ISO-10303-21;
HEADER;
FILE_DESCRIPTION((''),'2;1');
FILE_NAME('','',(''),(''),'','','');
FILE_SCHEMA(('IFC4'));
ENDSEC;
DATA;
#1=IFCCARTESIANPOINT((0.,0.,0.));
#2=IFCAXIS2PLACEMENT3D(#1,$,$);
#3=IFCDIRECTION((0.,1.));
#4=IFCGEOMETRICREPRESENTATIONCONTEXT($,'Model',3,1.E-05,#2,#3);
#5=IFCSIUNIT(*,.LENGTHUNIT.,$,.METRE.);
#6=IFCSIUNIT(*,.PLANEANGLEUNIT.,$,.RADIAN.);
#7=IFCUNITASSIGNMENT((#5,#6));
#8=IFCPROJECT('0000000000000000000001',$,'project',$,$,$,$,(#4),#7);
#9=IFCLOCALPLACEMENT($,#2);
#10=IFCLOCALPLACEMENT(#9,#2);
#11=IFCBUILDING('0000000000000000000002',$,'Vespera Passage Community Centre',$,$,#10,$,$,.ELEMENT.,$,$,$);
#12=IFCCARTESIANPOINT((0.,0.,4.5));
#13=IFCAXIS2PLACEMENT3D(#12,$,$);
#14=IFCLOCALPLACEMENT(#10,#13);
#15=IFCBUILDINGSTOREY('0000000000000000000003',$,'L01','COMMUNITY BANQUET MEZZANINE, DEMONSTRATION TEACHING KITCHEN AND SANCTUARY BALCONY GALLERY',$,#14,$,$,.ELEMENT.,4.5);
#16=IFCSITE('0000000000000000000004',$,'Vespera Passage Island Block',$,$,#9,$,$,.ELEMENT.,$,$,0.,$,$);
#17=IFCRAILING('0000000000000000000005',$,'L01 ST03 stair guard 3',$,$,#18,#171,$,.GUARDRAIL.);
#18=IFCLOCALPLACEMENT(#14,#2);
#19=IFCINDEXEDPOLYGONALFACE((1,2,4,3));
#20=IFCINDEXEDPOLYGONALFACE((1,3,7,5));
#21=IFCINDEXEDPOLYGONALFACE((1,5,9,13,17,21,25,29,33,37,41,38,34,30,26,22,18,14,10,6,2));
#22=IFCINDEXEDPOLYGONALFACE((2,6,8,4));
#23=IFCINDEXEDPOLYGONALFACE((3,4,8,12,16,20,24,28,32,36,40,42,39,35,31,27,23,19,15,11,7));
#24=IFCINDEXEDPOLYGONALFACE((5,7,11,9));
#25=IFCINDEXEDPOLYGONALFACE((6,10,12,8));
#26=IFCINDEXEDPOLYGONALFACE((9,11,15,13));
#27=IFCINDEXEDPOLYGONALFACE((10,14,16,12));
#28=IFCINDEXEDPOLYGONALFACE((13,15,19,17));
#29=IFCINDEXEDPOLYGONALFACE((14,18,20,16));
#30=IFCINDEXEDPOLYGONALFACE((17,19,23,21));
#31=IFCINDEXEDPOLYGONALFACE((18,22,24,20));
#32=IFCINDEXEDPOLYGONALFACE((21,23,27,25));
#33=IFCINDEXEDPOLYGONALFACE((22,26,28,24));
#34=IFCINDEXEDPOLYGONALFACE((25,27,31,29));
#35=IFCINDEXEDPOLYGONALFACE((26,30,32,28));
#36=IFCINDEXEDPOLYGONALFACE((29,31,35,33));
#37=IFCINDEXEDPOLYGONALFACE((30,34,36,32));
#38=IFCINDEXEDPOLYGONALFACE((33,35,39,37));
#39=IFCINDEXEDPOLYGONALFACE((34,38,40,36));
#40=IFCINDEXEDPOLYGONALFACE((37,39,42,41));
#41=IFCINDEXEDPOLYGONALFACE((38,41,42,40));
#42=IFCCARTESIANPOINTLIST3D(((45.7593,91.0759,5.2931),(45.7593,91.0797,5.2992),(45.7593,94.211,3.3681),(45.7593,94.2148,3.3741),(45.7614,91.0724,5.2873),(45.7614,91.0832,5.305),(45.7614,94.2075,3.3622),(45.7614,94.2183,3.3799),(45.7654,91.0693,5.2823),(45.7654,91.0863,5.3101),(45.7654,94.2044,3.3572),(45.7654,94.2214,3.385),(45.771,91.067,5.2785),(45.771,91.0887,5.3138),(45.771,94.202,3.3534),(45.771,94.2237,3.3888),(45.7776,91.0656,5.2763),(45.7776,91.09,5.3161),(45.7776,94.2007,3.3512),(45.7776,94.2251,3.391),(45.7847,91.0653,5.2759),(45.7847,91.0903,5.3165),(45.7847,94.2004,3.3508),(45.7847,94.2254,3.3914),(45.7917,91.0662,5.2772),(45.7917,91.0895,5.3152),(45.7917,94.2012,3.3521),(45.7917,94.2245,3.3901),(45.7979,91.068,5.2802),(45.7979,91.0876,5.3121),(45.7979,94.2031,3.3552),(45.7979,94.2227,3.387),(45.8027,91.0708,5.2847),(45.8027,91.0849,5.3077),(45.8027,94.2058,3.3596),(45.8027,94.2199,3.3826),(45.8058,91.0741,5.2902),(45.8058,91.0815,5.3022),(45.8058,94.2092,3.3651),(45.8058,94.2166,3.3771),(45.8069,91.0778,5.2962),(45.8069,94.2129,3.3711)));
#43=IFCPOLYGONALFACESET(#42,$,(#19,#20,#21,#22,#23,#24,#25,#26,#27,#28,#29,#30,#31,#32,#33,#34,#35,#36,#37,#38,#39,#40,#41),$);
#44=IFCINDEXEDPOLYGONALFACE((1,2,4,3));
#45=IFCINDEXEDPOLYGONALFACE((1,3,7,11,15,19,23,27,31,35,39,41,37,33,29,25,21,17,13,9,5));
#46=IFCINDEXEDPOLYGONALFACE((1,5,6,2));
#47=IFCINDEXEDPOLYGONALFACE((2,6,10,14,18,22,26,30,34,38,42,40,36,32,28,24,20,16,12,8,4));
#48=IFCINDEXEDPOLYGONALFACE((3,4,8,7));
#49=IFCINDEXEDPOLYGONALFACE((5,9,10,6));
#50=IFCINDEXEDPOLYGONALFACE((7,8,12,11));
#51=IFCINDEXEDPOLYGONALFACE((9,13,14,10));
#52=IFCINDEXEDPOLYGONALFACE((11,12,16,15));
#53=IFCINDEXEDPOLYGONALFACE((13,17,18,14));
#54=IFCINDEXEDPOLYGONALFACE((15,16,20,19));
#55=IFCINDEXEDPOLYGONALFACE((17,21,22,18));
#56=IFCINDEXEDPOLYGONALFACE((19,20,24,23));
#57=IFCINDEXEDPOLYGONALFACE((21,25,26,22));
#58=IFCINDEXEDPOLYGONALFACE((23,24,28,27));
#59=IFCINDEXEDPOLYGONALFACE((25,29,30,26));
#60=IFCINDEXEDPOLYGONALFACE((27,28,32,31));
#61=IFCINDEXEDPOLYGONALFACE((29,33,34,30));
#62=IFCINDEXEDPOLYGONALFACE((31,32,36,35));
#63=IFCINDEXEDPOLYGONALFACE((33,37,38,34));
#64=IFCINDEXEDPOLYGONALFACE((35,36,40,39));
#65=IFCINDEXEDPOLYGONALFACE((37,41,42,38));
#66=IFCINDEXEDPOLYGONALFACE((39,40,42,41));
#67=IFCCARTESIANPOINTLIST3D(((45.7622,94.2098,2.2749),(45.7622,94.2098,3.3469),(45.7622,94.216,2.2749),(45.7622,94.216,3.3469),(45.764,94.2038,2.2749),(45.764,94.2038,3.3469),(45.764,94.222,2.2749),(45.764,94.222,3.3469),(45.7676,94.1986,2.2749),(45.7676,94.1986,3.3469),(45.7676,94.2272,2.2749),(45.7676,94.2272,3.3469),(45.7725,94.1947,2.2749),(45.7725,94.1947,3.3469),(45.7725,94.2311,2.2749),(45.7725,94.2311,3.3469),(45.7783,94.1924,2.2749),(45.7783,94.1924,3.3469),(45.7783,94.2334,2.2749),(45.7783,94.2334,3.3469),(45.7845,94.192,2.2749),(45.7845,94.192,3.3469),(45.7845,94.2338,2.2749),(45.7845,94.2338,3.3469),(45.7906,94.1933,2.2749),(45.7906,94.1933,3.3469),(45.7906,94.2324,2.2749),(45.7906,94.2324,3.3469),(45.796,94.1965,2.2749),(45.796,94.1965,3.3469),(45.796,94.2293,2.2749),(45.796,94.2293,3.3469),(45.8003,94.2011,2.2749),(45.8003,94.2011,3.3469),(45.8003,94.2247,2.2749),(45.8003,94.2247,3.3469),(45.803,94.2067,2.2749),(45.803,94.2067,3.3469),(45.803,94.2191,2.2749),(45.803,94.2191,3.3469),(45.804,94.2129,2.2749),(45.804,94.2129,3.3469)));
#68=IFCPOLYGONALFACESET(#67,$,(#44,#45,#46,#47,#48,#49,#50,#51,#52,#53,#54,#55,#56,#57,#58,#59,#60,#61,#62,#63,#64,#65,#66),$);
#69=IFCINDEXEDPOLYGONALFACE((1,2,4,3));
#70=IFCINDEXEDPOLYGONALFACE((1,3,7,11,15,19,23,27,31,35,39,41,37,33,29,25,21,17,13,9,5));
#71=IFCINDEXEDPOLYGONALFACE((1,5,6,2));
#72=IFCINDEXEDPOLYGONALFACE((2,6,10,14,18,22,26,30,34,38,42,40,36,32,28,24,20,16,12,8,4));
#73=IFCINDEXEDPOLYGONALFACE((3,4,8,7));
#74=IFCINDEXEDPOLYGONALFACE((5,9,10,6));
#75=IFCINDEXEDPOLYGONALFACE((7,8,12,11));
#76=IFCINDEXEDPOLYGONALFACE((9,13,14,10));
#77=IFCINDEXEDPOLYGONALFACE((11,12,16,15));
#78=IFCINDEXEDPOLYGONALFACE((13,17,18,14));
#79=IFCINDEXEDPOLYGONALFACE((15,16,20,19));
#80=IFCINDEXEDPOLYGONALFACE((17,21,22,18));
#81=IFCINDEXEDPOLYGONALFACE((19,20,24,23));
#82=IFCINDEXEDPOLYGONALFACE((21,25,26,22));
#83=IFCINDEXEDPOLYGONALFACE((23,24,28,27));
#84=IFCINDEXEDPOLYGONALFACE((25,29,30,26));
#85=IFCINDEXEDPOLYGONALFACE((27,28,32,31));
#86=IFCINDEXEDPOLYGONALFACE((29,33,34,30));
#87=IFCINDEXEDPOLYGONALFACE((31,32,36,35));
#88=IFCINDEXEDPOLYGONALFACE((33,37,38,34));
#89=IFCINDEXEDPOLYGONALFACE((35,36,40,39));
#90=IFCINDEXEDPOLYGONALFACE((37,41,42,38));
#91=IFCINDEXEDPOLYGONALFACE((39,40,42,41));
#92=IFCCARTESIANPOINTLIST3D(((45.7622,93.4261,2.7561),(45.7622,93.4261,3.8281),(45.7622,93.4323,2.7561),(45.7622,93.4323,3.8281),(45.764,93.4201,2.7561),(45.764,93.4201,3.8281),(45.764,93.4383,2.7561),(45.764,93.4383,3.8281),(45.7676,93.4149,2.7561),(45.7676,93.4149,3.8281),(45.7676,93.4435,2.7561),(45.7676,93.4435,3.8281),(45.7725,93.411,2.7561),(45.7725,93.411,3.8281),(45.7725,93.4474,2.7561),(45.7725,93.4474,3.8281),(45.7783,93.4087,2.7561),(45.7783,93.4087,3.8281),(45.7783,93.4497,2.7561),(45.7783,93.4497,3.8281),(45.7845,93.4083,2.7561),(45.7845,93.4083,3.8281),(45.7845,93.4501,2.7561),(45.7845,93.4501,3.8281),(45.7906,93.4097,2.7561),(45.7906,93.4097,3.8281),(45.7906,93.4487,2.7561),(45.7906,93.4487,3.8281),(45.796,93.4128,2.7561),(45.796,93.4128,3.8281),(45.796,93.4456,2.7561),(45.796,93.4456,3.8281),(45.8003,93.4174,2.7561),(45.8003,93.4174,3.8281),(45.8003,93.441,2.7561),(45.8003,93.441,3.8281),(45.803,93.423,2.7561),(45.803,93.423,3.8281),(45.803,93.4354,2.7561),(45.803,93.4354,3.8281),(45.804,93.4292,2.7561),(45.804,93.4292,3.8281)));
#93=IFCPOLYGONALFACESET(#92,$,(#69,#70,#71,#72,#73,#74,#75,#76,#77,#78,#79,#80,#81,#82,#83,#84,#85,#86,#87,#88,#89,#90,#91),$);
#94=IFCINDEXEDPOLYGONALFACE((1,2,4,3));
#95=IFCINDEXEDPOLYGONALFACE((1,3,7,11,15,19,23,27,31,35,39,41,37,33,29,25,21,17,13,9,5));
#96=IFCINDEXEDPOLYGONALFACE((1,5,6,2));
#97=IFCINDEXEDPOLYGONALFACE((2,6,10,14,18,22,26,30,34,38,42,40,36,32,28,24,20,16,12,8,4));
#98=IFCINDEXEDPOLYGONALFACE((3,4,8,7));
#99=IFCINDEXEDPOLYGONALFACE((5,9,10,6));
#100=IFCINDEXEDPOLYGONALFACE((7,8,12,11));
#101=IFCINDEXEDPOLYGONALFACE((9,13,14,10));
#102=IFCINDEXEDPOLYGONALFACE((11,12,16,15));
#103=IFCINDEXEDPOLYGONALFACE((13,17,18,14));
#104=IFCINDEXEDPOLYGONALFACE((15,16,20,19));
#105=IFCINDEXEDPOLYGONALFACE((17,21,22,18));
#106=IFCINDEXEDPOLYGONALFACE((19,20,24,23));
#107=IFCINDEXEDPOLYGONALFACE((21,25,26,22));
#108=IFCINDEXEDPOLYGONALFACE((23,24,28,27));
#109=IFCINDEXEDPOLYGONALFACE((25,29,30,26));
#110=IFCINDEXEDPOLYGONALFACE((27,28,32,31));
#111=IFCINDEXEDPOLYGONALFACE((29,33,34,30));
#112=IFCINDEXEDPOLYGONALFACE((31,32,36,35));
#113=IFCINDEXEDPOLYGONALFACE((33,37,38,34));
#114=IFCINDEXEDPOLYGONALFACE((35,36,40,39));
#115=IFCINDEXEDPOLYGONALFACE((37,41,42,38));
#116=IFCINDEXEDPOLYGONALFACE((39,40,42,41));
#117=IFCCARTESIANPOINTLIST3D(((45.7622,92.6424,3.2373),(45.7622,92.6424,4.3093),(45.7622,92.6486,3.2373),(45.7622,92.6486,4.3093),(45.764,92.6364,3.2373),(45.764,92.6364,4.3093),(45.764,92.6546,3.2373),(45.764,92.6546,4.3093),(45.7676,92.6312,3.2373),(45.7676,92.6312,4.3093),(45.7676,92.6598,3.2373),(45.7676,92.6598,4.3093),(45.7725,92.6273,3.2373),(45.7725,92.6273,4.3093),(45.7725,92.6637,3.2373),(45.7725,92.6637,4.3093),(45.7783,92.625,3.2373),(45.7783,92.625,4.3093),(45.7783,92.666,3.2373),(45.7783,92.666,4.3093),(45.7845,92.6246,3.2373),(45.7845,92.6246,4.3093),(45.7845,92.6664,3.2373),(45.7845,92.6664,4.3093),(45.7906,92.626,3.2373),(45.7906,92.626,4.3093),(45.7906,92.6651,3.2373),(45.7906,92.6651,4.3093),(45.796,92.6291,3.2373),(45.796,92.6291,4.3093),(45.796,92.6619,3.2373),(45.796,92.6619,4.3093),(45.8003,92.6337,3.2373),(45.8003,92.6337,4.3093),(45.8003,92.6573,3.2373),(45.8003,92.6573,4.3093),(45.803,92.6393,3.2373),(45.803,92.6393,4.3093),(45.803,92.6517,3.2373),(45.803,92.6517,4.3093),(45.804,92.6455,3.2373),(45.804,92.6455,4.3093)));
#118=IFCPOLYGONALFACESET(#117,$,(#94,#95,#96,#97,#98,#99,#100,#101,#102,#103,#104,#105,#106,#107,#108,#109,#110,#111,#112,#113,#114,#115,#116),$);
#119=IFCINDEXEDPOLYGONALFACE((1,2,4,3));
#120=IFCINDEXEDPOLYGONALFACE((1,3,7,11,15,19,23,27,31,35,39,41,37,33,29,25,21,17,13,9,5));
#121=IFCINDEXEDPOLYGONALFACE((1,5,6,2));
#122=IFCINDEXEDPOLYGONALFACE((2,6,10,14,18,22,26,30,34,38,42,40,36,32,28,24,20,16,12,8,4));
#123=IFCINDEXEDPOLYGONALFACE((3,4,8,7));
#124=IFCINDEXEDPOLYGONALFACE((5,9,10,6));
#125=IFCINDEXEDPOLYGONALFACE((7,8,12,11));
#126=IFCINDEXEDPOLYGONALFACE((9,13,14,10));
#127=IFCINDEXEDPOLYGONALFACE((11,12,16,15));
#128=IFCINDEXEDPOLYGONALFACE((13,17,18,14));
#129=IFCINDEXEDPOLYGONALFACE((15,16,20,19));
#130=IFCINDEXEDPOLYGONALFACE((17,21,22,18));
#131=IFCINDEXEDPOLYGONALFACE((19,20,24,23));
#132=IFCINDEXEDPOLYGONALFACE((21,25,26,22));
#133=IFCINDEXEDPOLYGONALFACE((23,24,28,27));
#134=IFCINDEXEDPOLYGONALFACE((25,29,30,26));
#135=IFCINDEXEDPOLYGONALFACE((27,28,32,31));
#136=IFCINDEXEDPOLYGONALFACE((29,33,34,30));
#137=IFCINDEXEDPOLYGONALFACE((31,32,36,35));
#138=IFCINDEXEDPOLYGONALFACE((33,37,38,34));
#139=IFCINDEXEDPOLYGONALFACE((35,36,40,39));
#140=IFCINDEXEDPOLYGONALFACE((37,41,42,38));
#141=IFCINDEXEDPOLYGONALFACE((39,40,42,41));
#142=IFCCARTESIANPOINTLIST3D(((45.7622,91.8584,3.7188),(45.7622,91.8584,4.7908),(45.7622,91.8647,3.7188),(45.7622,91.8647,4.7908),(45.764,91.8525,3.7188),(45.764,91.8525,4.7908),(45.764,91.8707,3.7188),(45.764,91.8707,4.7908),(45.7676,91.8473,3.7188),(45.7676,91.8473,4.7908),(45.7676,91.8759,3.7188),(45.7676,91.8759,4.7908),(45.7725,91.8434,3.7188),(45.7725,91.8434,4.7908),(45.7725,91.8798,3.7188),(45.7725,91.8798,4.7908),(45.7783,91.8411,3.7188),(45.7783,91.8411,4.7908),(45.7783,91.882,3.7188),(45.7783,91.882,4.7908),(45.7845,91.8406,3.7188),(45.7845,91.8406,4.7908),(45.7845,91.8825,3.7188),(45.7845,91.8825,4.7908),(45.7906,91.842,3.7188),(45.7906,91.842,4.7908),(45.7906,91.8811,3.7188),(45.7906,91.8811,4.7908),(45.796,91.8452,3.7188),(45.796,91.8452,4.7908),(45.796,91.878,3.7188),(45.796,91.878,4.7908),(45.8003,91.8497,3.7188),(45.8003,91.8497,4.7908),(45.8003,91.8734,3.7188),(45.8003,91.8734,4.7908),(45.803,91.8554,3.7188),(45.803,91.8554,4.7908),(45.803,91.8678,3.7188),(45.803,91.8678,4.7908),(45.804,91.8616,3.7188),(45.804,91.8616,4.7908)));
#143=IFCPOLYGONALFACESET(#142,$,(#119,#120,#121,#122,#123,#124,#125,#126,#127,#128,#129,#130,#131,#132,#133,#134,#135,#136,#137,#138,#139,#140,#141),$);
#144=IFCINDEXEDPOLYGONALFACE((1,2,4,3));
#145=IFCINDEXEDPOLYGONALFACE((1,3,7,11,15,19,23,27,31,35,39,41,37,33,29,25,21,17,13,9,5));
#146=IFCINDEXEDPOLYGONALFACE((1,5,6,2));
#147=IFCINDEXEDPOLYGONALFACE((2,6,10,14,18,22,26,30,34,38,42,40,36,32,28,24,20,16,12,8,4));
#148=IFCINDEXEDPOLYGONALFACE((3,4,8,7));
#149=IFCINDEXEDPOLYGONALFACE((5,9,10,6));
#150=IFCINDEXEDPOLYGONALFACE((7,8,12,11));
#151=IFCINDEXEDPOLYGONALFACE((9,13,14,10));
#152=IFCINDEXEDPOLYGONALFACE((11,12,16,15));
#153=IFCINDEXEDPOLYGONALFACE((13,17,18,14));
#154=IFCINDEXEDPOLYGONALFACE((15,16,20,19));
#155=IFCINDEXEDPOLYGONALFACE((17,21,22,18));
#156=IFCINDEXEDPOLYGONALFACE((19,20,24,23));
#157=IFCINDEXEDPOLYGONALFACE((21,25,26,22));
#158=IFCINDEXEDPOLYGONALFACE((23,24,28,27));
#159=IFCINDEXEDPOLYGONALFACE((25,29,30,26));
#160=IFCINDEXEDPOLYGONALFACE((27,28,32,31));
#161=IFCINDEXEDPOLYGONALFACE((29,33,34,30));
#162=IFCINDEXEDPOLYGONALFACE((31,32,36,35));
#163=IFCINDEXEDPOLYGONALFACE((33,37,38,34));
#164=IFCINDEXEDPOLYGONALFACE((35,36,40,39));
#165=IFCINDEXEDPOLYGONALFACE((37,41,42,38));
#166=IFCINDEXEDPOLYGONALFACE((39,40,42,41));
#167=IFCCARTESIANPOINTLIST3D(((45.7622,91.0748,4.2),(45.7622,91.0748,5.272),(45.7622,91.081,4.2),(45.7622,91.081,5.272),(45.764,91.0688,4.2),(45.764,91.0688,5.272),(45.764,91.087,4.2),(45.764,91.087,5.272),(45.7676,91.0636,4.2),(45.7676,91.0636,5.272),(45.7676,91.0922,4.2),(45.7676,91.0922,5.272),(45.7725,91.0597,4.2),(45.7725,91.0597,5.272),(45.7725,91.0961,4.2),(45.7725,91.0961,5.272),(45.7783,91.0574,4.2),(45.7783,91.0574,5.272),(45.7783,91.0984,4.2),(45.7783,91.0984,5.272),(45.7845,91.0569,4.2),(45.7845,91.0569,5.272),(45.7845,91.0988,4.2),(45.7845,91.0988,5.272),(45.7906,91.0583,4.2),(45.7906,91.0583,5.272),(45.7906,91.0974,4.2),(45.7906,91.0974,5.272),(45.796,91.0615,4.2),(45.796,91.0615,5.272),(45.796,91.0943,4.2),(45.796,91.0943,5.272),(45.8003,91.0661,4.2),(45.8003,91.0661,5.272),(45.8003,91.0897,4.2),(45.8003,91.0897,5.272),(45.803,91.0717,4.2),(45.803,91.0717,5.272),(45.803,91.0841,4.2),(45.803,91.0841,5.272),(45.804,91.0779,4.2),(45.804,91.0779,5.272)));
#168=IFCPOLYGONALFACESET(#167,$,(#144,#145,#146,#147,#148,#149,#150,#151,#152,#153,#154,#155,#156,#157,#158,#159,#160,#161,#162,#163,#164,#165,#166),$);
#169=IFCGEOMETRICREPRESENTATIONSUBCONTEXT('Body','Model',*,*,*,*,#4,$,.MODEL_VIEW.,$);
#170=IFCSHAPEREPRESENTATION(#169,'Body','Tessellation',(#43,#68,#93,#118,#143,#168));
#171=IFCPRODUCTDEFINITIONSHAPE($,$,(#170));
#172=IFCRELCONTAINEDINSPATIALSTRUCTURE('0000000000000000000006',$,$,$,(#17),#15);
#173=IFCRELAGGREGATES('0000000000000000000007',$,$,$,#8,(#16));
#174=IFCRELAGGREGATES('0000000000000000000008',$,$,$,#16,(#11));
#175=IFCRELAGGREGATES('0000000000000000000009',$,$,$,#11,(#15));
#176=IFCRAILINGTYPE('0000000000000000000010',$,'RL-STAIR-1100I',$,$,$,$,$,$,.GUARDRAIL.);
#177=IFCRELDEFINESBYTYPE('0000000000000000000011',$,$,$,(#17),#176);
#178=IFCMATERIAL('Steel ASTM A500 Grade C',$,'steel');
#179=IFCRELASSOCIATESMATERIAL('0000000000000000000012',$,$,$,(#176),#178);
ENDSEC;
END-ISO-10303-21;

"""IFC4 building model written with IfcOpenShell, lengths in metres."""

from ifc_helpers import new_model, si_unit, direction, frame, origin, origin_2d, place, context, subcontext, project, spatial, circle, extrude, material, type_object, element, save


model = new_model("IFC4")

# Units and contexts
model_context = context("Model", 3, precision=1e-05, world=origin(), true_north=direction((0.0, 1.0)))
body_context = subcontext(model_context, "Body", "Model", "MODEL_VIEW")
ifc_project = project(units=[si_unit("LENGTHUNIT", "METRE"), si_unit("PLANEANGLEUNIT", "RADIAN")], contexts=[model_context])

# Site, building, storey
site_placement = place(None, origin())
site = spatial("IfcSite", under=ifc_project, at=site_placement, Name="Vespera Passage Island Block", CompositionType="ELEMENT", RefElevation=0.0)
building_placement = place(site_placement, origin())
building = spatial("IfcBuilding", under=site, at=building_placement, Name="Vespera Passage Community Centre", CompositionType="ELEMENT")
storey_placement = place(building_placement, frame((0.0, 0.0, 4.5)))
storey = spatial("IfcBuildingStorey", under=building, at=storey_placement, Name="L01", Description="COMMUNITY BANQUET MEZZANINE, DEMONSTRATION TEACHING KITCHEN AND SANCTUARY BALCONY GALLERY", CompositionType="ELEMENT", Elevation=4.5)

# Railing
ifc_material_1 = material(Name="Steel ASTM A500 Grade C", Category="steel")
railing_type = type_object("IfcRailingType", Name="RL-STAIR-1100I", PredefinedType="GUARDRAIL", material=ifc_material_1)
railing_1_placement = place(storey_placement, frame((45.783, 94.2129, 2.2749)))
element("IfcRailing", 1, at=railing_1_placement, inside=storey, type_object=railing_type, Name="L01 ST03 stair guard 3", PredefinedType="GUARDRAIL", context=body_context, shape_type="SweptSolid", body=[
    extrude(circle(Radius=0.0239, at=origin_2d()), frame((0.0, 0.0, 1.0962), z_axis=(0.0, -0.852166, 0.523271), x_axis=(1.0, 0.0, 0.0)), (0.0, 0.0, 1.0), 3.679),
    extrude(circle(Radius=0.021, at=origin_2d()), origin(), (0.0, 0.0, 1.0), 1.072),
    extrude(circle(Radius=0.021, at=origin_2d()), frame((0.0, -0.7837, 0.4812)), (0.0, 0.0, 1.0), 1.072),
    extrude(circle(Radius=0.021, at=origin_2d()), frame((0.0, -1.5674, 0.9624)), (0.0, 0.0, 1.0), 1.072),
    extrude(circle(Radius=0.021, at=origin_2d()), frame((0.0, -2.3513, 1.4438)), (0.0, 0.0, 1.0), 1.072),
    extrude(circle(Radius=0.021, at=origin_2d()), frame((0.0, -3.135, 1.925)), (0.0, 0.0, 1.0), 1.072),
])

save(model, "model.ifc")
